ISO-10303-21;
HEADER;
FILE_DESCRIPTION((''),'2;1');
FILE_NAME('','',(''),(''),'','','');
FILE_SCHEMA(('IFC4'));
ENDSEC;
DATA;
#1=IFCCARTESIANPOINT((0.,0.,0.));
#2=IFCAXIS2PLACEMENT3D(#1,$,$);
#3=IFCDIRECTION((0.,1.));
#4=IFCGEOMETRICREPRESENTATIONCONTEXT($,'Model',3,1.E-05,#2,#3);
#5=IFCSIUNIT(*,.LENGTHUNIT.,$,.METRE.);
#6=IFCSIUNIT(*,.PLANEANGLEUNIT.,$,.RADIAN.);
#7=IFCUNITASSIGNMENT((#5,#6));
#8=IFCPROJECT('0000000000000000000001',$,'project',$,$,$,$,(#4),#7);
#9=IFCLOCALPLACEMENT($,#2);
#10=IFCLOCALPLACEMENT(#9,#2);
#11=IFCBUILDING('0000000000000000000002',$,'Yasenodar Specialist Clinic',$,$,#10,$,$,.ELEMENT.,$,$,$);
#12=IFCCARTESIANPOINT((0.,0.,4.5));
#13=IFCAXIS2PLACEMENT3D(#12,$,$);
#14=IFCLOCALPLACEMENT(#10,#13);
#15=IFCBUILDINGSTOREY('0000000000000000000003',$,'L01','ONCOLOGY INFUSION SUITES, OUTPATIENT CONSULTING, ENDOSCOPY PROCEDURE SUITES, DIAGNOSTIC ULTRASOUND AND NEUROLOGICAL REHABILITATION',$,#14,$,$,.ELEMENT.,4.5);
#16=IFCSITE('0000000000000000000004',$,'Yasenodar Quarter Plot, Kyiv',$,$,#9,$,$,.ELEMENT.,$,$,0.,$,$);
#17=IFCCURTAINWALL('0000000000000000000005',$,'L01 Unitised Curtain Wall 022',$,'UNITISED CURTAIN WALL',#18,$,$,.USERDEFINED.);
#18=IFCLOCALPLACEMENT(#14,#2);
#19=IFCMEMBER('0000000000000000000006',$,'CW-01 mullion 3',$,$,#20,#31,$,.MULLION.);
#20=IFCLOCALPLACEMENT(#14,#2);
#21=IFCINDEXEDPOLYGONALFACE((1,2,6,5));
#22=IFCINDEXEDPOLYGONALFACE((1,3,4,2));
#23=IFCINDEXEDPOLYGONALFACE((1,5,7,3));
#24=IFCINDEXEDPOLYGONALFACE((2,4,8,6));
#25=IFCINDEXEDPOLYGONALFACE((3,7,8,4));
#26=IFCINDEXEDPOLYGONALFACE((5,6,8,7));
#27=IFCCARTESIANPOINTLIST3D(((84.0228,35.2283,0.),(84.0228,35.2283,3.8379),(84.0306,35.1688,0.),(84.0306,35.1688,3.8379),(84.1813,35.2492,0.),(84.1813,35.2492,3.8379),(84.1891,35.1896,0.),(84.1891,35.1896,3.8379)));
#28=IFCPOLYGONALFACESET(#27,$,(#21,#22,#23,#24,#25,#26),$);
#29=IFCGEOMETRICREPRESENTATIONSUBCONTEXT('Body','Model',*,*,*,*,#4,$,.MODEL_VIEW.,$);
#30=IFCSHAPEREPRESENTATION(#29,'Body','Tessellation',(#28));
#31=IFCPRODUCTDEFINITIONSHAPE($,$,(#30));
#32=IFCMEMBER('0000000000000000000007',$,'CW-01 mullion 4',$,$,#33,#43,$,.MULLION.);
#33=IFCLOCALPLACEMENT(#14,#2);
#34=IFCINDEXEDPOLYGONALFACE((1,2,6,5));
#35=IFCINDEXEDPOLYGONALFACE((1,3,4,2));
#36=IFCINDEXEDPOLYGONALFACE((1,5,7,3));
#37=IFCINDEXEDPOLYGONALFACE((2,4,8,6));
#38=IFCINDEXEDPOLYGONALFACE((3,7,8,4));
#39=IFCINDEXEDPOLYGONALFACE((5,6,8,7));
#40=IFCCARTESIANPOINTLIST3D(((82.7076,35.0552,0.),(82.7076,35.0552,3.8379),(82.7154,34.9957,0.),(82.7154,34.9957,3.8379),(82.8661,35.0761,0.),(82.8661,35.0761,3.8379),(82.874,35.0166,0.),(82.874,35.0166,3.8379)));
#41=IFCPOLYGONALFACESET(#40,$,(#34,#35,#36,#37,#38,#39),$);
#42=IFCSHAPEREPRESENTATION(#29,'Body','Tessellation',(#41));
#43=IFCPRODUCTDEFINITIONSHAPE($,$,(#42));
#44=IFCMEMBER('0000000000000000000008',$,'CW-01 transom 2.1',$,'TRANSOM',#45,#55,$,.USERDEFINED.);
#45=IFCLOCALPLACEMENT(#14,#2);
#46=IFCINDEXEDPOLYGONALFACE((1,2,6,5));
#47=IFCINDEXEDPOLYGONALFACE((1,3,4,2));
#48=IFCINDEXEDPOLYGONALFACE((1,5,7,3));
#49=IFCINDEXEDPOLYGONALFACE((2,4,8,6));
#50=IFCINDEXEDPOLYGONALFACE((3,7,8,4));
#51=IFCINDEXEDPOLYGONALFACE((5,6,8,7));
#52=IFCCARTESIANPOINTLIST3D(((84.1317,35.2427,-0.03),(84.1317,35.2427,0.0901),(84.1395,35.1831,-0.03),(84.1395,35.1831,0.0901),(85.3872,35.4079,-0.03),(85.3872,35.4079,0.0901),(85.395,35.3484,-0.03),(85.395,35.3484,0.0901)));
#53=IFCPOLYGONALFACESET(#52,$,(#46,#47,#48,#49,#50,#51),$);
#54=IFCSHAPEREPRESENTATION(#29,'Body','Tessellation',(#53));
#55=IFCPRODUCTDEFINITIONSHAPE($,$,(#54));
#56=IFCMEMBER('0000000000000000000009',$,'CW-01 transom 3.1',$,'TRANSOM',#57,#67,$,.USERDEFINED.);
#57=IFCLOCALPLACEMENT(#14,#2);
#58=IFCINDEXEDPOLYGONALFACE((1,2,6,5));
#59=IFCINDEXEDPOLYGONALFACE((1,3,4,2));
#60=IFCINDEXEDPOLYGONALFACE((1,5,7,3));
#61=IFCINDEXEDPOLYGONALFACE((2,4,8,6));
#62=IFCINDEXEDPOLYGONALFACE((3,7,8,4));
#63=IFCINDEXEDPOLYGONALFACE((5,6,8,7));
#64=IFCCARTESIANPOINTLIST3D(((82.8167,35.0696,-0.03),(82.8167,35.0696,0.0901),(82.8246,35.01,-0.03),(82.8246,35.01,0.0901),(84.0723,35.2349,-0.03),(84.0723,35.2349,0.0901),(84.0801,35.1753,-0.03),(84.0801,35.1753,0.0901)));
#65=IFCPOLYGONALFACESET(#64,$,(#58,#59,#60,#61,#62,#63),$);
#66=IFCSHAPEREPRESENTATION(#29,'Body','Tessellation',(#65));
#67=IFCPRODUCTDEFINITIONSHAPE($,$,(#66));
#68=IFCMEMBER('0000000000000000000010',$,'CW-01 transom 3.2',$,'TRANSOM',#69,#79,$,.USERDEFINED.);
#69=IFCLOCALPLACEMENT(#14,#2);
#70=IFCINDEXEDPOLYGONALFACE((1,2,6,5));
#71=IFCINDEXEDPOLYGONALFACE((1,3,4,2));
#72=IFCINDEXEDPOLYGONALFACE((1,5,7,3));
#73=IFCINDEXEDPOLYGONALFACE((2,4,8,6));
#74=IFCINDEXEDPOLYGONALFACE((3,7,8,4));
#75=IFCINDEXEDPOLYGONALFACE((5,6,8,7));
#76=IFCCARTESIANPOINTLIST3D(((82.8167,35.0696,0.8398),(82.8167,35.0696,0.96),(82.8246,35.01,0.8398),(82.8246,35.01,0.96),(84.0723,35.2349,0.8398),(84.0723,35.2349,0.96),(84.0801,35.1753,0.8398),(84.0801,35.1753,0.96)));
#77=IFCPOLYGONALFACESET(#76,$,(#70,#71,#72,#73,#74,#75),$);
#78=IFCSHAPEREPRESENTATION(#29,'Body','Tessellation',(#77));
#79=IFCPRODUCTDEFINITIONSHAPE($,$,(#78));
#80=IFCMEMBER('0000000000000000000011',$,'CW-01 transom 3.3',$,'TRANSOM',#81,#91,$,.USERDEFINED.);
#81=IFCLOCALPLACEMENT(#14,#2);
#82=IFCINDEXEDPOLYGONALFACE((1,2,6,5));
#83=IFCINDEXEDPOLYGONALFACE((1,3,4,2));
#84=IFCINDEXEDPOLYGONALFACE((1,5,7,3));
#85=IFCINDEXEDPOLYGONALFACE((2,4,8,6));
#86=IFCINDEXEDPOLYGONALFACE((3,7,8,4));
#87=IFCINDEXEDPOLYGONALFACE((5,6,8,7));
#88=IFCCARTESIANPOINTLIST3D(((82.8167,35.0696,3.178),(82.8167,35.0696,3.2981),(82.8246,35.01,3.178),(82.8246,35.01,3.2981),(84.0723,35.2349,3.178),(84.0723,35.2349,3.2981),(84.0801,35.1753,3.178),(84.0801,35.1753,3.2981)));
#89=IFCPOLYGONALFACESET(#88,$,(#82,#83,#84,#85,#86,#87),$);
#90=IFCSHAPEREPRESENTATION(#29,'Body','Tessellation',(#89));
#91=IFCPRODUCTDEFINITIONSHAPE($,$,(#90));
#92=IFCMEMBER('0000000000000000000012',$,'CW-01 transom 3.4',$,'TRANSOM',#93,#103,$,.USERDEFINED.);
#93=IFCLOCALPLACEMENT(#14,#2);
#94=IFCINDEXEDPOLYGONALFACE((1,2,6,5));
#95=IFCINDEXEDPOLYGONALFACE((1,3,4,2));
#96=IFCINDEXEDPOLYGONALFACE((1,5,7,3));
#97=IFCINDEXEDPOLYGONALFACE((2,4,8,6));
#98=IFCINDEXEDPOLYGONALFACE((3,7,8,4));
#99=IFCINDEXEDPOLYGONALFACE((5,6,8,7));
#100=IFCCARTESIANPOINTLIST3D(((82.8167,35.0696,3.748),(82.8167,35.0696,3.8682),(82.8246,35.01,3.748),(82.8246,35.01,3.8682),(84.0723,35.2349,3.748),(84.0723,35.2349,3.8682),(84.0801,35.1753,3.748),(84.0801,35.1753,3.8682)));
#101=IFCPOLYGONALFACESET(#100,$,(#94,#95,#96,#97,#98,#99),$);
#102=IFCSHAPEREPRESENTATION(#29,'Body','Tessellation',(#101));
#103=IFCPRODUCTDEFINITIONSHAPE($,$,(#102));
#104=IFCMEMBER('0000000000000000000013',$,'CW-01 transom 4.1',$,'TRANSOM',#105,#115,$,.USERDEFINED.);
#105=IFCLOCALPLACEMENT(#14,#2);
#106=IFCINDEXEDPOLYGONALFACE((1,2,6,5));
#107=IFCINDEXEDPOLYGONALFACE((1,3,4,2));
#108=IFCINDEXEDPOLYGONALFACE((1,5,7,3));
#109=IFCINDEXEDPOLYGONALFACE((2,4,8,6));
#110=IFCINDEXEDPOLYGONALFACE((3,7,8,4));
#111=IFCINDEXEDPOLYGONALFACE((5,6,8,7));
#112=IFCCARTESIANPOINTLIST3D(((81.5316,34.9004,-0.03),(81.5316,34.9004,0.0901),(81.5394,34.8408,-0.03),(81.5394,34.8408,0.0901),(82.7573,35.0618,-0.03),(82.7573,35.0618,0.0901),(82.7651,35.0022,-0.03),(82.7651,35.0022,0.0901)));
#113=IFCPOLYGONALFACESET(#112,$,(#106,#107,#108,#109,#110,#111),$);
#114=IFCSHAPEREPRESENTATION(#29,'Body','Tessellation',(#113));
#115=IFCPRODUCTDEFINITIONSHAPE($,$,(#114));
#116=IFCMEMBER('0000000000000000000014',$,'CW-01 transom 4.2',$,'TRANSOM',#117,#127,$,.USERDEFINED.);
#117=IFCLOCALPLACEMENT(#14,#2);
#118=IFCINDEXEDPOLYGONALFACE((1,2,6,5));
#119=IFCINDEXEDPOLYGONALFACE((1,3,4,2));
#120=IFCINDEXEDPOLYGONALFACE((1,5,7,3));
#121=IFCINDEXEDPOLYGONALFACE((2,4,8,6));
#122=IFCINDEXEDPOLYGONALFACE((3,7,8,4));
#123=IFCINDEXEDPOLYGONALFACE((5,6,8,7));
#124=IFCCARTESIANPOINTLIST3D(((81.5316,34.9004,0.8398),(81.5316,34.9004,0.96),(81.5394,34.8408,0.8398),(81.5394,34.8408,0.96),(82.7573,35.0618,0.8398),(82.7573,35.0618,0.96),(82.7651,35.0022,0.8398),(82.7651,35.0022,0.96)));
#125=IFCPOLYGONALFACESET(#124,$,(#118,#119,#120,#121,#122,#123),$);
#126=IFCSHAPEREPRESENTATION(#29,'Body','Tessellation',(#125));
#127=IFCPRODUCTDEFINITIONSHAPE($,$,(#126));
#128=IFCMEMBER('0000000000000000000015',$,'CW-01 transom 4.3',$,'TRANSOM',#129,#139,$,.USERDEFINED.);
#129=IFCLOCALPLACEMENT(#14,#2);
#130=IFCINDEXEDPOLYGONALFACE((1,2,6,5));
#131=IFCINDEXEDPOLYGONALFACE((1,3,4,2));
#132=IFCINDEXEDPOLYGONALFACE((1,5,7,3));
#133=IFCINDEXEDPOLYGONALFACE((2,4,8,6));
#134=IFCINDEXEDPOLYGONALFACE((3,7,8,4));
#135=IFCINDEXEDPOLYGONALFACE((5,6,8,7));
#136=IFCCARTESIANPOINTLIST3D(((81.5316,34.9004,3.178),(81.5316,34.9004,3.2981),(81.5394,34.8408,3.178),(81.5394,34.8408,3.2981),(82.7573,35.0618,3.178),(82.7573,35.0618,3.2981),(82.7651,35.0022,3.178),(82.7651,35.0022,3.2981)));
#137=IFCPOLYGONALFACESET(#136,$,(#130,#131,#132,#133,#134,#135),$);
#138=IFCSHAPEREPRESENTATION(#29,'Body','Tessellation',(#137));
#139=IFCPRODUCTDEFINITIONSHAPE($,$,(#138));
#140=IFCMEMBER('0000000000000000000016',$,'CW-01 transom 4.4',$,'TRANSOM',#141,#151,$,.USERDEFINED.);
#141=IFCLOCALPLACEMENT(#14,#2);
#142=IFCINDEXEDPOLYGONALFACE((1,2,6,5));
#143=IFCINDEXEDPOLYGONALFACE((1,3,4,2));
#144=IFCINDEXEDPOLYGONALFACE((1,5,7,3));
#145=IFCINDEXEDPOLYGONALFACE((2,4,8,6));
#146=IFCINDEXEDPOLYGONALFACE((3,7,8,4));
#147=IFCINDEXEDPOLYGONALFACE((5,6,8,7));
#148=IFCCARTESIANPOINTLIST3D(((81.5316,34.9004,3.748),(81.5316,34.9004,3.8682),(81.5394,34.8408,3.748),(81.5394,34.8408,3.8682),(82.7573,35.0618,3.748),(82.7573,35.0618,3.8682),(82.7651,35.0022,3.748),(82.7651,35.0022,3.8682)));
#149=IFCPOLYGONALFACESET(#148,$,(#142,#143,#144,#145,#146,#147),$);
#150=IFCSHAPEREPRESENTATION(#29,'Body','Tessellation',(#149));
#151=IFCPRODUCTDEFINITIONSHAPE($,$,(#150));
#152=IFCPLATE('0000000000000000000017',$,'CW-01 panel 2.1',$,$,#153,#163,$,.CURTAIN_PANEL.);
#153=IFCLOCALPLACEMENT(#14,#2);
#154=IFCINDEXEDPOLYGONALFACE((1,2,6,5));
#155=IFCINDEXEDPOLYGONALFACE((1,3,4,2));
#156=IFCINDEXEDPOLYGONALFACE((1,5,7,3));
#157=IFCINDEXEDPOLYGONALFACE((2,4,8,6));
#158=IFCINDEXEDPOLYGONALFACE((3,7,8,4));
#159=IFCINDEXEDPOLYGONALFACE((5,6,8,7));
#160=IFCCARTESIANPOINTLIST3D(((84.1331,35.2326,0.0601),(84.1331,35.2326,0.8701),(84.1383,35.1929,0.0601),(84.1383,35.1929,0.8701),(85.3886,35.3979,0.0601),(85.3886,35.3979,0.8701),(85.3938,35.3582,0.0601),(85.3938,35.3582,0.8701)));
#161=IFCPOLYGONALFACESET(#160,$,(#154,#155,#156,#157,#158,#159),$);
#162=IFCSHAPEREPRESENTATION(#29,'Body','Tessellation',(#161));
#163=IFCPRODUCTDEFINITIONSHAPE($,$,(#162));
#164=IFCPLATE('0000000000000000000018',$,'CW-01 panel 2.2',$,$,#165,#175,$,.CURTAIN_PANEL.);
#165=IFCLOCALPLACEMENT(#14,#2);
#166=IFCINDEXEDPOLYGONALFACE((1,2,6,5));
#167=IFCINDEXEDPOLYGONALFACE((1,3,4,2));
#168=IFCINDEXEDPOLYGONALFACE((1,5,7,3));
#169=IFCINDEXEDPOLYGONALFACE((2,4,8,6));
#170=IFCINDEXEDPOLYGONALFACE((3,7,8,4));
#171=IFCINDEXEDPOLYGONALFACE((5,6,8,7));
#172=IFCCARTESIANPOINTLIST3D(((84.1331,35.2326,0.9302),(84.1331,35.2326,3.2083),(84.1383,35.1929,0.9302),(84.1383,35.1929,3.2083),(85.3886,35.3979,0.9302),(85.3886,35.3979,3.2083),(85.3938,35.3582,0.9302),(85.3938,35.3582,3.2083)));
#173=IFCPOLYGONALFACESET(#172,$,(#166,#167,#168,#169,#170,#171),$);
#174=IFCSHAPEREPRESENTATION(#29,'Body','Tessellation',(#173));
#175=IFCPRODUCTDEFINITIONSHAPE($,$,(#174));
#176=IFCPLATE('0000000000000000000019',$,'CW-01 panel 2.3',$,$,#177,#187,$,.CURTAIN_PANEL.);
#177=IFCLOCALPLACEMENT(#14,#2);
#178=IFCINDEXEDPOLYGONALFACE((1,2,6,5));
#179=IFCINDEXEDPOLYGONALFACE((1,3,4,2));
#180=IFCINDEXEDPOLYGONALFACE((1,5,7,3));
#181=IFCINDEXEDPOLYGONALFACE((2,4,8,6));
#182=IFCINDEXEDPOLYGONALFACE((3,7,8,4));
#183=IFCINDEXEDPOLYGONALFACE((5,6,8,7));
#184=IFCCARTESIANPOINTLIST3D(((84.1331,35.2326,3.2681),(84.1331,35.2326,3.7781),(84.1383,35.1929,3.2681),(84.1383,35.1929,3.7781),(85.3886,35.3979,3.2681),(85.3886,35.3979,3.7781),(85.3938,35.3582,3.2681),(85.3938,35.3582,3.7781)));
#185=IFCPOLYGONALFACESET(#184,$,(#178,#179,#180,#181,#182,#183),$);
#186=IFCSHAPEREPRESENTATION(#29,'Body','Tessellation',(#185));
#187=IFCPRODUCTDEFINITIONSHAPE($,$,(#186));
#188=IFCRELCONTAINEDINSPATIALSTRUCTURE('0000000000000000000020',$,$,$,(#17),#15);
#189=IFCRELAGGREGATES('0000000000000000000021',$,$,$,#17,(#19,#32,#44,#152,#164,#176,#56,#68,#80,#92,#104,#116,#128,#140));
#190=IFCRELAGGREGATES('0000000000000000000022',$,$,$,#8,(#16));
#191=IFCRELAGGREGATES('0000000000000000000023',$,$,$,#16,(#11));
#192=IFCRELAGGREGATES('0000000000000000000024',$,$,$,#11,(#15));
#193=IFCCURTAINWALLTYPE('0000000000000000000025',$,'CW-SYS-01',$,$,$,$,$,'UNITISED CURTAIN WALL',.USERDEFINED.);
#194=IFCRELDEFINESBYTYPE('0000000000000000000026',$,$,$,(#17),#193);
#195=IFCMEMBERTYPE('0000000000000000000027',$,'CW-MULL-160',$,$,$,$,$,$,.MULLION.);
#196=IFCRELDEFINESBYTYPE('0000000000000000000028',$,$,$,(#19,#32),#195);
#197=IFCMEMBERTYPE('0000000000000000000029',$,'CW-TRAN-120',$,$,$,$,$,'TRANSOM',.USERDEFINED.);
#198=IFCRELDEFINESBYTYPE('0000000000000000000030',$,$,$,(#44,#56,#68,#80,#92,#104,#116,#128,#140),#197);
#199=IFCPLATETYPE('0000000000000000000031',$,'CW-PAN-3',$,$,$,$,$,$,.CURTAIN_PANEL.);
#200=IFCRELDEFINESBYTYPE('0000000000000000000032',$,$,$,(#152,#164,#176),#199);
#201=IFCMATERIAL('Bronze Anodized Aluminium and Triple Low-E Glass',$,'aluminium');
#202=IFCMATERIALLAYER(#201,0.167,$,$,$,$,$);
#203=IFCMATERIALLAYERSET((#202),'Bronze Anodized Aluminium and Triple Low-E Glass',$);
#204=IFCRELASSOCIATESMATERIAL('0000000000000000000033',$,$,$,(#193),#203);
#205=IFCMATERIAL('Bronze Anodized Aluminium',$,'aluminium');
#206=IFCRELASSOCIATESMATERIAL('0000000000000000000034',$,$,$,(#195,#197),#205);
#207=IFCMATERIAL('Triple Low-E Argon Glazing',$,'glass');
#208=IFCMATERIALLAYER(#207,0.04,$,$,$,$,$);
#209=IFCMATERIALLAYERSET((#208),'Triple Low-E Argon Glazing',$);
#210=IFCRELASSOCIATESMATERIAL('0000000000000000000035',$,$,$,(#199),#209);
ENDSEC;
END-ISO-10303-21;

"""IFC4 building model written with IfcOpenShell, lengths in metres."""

from ifc_helpers import new_model, si_unit, direction, frame, origin, origin_2d, place, context, subcontext, project, spatial, rectangle, extrude, material, layer, layer_set, material_profile, profile_set, type_object, element, aggregate, save


model = new_model("IFC4")

# Units and contexts
model_context = context("Model", 3, precision=1e-05, world=origin(), true_north=direction((0.0, 1.0)))
body_context = subcontext(model_context, "Body", "Model", "MODEL_VIEW")
ifc_project = project(units=[si_unit("LENGTHUNIT", "METRE"), si_unit("PLANEANGLEUNIT", "RADIAN")], contexts=[model_context])

# Site, building, storey
site_placement = place(None, origin())
site = spatial("IfcSite", under=ifc_project, at=site_placement, Name="Yasenodar Quarter Plot, Kyiv", CompositionType="ELEMENT", RefElevation=0.0)
building_placement = place(site_placement, origin())
building = spatial("IfcBuilding", under=site, at=building_placement, Name="Yasenodar Specialist Clinic", CompositionType="ELEMENT")
storey_placement = place(building_placement, frame((0.0, 0.0, 4.5)))
storey = spatial("IfcBuildingStorey", under=building, at=storey_placement, Name="L01", Description="ONCOLOGY INFUSION SUITES, OUTPATIENT CONSULTING, ENDOSCOPY PROCEDURE SUITES, DIAGNOSTIC ULTRASOUND AND NEUROLOGICAL REHABILITATION", CompositionType="ELEMENT", Elevation=4.5)

# Curtain wall, members, plates
ifc_material_1 = material(Name="Bronze Anodized Aluminium and Triple Low-E Glass", Category="aluminium")
ifc_layer_1 = layer(ifc_material_1, 0.167)
ifc_layer_set_1 = layer_set([ifc_layer_1], Name="Bronze Anodized Aluminium and Triple Low-E Glass")
curtain_wall_type = type_object("IfcCurtainWallType", Name="CW-SYS-01", ElementType="UNITISED CURTAIN WALL", PredefinedType="USERDEFINED", material=ifc_layer_set_1)
curtain_wall_placement = place(storey_placement, origin())
curtain_wall = element("IfcCurtainWall", 1, at=curtain_wall_placement, inside=storey, type_object=curtain_wall_type, Name="L01 Unitised Curtain Wall 022", ObjectType="UNITISED CURTAIN WALL", PredefinedType="USERDEFINED")
ifc_material_2 = material(Name="Bronze Anodized Aluminium", Category="aluminium")
ifc_material_profile_1 = material_profile(ifc_material_2, rectangle(XDim=0.0601, YDim=0.1599, at=origin_2d()), Name="CW-MULL 60x160")
ifc_profile_set_1 = profile_set([ifc_material_profile_1], Name="Bronze Anodized Aluminium")
member_type_1 = type_object("IfcMemberType", Name="CW-MULL-160", PredefinedType="MULLION", material=ifc_profile_set_1)
member_1_placement = place(storey_placement, frame((84.106, 35.209, 0.0), z_axis=(0.0, 0.0, 1.0), x_axis=(0.130512, -0.991447, 0.0)))
member_1 = element("IfcMember", 2, at=member_1_placement, type_object=member_type_1, Name="CW-01 mullion 3", PredefinedType="MULLION", context=body_context, shape_type="SweptSolid", body=[
    extrude(rectangle(XDim=0.0601, YDim=0.1599, at=origin_2d()), origin(), (0.0, 0.0, 1.0), 3.8379),
])
member_2_placement = place(storey_placement, frame((82.7908, 35.0359, 0.0), z_axis=(0.0, 0.0, 1.0), x_axis=(0.130512, -0.991447, 0.0)))
member_2 = element("IfcMember", 3, at=member_2_placement, type_object=member_type_1, Name="CW-01 mullion 4", PredefinedType="MULLION", context=body_context, shape_type="SweptSolid", body=[
    extrude(rectangle(XDim=0.0601, YDim=0.1599, at=origin_2d()), origin(), (0.0, 0.0, 1.0), 3.8379),
])
ifc_material_profile_2 = material_profile(ifc_material_2, rectangle(XDim=0.0601, YDim=0.1201, at=origin_2d()), Name="CW-TRAN 60x120")
ifc_profile_set_2 = profile_set([ifc_material_profile_2], Name="Bronze Anodized Aluminium")
member_type_2 = type_object("IfcMemberType", Name="CW-TRAN-120", ElementType="TRANSOM", PredefinedType="USERDEFINED", material=ifc_profile_set_2)
member_3_placement = place(storey_placement, frame((85.3911, 35.3782, 0.03), z_axis=(-0.991447, -0.130509, 0.0), x_axis=(0.130509, -0.991447, 0.0)))
member_3 = element("IfcMember", 4, at=member_3_placement, type_object=member_type_2, Name="CW-01 transom 2.1", ObjectType="TRANSOM", PredefinedType="USERDEFINED", context=body_context, shape_type="SweptSolid", body=[
    extrude(rectangle(XDim=0.0601, YDim=0.1201, at=origin_2d()), origin(), (0.0, 0.0, 1.0), 1.2664),
])
member_4_placement = place(storey_placement, frame((84.0762, 35.2051, 0.03), z_axis=(-0.991447, -0.130509, 0.0), x_axis=(0.130509, -0.991447, 0.0)))
member_4 = element("IfcMember", 5, at=member_4_placement, type_object=member_type_2, Name="CW-01 transom 3.1", ObjectType="TRANSOM", PredefinedType="USERDEFINED", context=body_context, shape_type="SweptSolid", body=[
    extrude(rectangle(XDim=0.0601, YDim=0.1201, at=origin_2d()), origin(), (0.0, 0.0, 1.0), 1.2664),
])
member_5_placement = place(storey_placement, frame((84.0762, 35.2051, 0.8999), z_axis=(-0.991447, -0.130509, 0.0), x_axis=(0.130509, -0.991447, 0.0)))
member_5 = element("IfcMember", 6, at=member_5_placement, type_object=member_type_2, Name="CW-01 transom 3.2", ObjectType="TRANSOM", PredefinedType="USERDEFINED", context=body_context, shape_type="SweptSolid", body=[
    extrude(rectangle(XDim=0.0601, YDim=0.1201, at=origin_2d()), origin(), (0.0, 0.0, 1.0), 1.2664),
])
member_6_placement = place(storey_placement, frame((84.0762, 35.2051, 3.238), z_axis=(-0.991447, -0.130509, 0.0), x_axis=(0.130509, -0.991447, 0.0)))
member_6 = element("IfcMember", 7, at=member_6_placement, type_object=member_type_2, Name="CW-01 transom 3.3", ObjectType="TRANSOM", PredefinedType="USERDEFINED", context=body_context, shape_type="SweptSolid", body=[
    extrude(rectangle(XDim=0.0601, YDim=0.1201, at=origin_2d()), origin(), (0.0, 0.0, 1.0), 1.2664),
])
member_7_placement = place(storey_placement, frame((84.0762, 35.2051, 3.8081), z_axis=(-0.991447, -0.130509, 0.0), x_axis=(0.130509, -0.991447, 0.0)))
member_7 = element("IfcMember", 8, at=member_7_placement, type_object=member_type_2, Name="CW-01 transom 3.4", ObjectType="TRANSOM", PredefinedType="USERDEFINED", context=body_context, shape_type="SweptSolid", body=[
    extrude(rectangle(XDim=0.0601, YDim=0.1201, at=origin_2d()), origin(), (0.0, 0.0, 1.0), 1.2664),
])
member_8_placement = place(storey_placement, frame((82.7612, 35.032, 0.03), z_axis=(-0.991446, -0.130521, 0.0), x_axis=(0.130521, -0.991446, 0.0)))
member_8 = element("IfcMember", 9, at=member_8_placement, type_object=member_type_2, Name="CW-01 transom 4.1", ObjectType="TRANSOM", PredefinedType="USERDEFINED", context=body_context, shape_type="SweptSolid", body=[
    extrude(rectangle(XDim=0.0601, YDim=0.1201, at=origin_2d()), origin(), (0.0, 0.0, 1.0), 1.2363),
])
member_9_placement = place(storey_placement, frame((82.7612, 35.032, 0.8999), z_axis=(-0.991446, -0.130521, 0.0), x_axis=(0.130521, -0.991446, 0.0)))
member_9 = element("IfcMember", 10, at=member_9_placement, type_object=member_type_2, Name="CW-01 transom 4.2", ObjectType="TRANSOM", PredefinedType="USERDEFINED", context=body_context, shape_type="SweptSolid", body=[
    extrude(rectangle(XDim=0.0601, YDim=0.1201, at=origin_2d()), origin(), (0.0, 0.0, 1.0), 1.2363),
])
member_10_placement = place(storey_placement, frame((82.7612, 35.032, 3.238), z_axis=(-0.991446, -0.130521, 0.0), x_axis=(0.130521, -0.991446, 0.0)))
member_10 = element("IfcMember", 11, at=member_10_placement, type_object=member_type_2, Name="CW-01 transom 4.3", ObjectType="TRANSOM", PredefinedType="USERDEFINED", context=body_context, shape_type="SweptSolid", body=[
    extrude(rectangle(XDim=0.0601, YDim=0.1201, at=origin_2d()), origin(), (0.0, 0.0, 1.0), 1.2363),
])
member_11_placement = place(storey_placement, frame((82.7612, 35.032, 3.8081), z_axis=(-0.991446, -0.130521, 0.0), x_axis=(0.130521, -0.991446, 0.0)))
member_11 = element("IfcMember", 12, at=member_11_placement, type_object=member_type_2, Name="CW-01 transom 4.4", ObjectType="TRANSOM", PredefinedType="USERDEFINED", context=body_context, shape_type="SweptSolid", body=[
    extrude(rectangle(XDim=0.0601, YDim=0.1201, at=origin_2d()), origin(), (0.0, 0.0, 1.0), 1.2363),
])
ifc_material_3 = material(Name="Triple Low-E Argon Glazing", Category="glass")
ifc_layer_2 = layer(ifc_material_3, 0.04)
ifc_layer_set_2 = layer_set([ifc_layer_2], Name="Triple Low-E Argon Glazing")
plate_type_1 = type_object("IfcPlateType", Name="CW-PAN-3", PredefinedType="CURTAIN_PANEL", material=ifc_layer_set_2)
plate_1_placement = place(storey_placement, frame((84.7634, 35.2954, 0.0601), z_axis=(0.0, 0.0, 1.0), x_axis=(-0.991447, -0.130512, 0.0)))
plate_1 = element("IfcPlate", 13, at=plate_1_placement, type_object=plate_type_1, Name="CW-01 panel 2.1", PredefinedType="CURTAIN_PANEL", context=body_context, shape_type="SweptSolid", body=[
    extrude(rectangle(XDim=1.2664, YDim=0.04, at=origin_2d()), origin(), (0.0, 0.0, 1.0), 0.8101),
])
plate_2_placement = place(storey_placement, frame((84.7634, 35.2954, 0.9302), z_axis=(0.0, 0.0, 1.0), x_axis=(-0.991447, -0.130512, 0.0)))
plate_2 = element("IfcPlate", 14, at=plate_2_placement, type_object=plate_type_1, Name="CW-01 panel 2.2", PredefinedType="CURTAIN_PANEL", context=body_context, shape_type="SweptSolid", body=[
    extrude(rectangle(XDim=1.2664, YDim=0.04, at=origin_2d()), origin(), (0.0, 0.0, 1.0), 2.2781),
])
plate_3_placement = place(storey_placement, frame((84.7634, 35.2954, 3.2681), z_axis=(0.0, 0.0, 1.0), x_axis=(-0.991447, -0.130512, 0.0)))
plate_3 = element("IfcPlate", 15, at=plate_3_placement, type_object=plate_type_1, Name="CW-01 panel 2.3", PredefinedType="CURTAIN_PANEL", context=body_context, shape_type="SweptSolid", body=[
    extrude(rectangle(XDim=1.2664, YDim=0.04, at=origin_2d()), origin(), (0.0, 0.0, 1.0), 0.51),
])
aggregate(curtain_wall, [member_1, member_2, member_3, plate_1, plate_2, plate_3, member_4, member_5, member_6, member_7, member_8, member_9, member_10, member_11])

save(model, "model.ifc")
